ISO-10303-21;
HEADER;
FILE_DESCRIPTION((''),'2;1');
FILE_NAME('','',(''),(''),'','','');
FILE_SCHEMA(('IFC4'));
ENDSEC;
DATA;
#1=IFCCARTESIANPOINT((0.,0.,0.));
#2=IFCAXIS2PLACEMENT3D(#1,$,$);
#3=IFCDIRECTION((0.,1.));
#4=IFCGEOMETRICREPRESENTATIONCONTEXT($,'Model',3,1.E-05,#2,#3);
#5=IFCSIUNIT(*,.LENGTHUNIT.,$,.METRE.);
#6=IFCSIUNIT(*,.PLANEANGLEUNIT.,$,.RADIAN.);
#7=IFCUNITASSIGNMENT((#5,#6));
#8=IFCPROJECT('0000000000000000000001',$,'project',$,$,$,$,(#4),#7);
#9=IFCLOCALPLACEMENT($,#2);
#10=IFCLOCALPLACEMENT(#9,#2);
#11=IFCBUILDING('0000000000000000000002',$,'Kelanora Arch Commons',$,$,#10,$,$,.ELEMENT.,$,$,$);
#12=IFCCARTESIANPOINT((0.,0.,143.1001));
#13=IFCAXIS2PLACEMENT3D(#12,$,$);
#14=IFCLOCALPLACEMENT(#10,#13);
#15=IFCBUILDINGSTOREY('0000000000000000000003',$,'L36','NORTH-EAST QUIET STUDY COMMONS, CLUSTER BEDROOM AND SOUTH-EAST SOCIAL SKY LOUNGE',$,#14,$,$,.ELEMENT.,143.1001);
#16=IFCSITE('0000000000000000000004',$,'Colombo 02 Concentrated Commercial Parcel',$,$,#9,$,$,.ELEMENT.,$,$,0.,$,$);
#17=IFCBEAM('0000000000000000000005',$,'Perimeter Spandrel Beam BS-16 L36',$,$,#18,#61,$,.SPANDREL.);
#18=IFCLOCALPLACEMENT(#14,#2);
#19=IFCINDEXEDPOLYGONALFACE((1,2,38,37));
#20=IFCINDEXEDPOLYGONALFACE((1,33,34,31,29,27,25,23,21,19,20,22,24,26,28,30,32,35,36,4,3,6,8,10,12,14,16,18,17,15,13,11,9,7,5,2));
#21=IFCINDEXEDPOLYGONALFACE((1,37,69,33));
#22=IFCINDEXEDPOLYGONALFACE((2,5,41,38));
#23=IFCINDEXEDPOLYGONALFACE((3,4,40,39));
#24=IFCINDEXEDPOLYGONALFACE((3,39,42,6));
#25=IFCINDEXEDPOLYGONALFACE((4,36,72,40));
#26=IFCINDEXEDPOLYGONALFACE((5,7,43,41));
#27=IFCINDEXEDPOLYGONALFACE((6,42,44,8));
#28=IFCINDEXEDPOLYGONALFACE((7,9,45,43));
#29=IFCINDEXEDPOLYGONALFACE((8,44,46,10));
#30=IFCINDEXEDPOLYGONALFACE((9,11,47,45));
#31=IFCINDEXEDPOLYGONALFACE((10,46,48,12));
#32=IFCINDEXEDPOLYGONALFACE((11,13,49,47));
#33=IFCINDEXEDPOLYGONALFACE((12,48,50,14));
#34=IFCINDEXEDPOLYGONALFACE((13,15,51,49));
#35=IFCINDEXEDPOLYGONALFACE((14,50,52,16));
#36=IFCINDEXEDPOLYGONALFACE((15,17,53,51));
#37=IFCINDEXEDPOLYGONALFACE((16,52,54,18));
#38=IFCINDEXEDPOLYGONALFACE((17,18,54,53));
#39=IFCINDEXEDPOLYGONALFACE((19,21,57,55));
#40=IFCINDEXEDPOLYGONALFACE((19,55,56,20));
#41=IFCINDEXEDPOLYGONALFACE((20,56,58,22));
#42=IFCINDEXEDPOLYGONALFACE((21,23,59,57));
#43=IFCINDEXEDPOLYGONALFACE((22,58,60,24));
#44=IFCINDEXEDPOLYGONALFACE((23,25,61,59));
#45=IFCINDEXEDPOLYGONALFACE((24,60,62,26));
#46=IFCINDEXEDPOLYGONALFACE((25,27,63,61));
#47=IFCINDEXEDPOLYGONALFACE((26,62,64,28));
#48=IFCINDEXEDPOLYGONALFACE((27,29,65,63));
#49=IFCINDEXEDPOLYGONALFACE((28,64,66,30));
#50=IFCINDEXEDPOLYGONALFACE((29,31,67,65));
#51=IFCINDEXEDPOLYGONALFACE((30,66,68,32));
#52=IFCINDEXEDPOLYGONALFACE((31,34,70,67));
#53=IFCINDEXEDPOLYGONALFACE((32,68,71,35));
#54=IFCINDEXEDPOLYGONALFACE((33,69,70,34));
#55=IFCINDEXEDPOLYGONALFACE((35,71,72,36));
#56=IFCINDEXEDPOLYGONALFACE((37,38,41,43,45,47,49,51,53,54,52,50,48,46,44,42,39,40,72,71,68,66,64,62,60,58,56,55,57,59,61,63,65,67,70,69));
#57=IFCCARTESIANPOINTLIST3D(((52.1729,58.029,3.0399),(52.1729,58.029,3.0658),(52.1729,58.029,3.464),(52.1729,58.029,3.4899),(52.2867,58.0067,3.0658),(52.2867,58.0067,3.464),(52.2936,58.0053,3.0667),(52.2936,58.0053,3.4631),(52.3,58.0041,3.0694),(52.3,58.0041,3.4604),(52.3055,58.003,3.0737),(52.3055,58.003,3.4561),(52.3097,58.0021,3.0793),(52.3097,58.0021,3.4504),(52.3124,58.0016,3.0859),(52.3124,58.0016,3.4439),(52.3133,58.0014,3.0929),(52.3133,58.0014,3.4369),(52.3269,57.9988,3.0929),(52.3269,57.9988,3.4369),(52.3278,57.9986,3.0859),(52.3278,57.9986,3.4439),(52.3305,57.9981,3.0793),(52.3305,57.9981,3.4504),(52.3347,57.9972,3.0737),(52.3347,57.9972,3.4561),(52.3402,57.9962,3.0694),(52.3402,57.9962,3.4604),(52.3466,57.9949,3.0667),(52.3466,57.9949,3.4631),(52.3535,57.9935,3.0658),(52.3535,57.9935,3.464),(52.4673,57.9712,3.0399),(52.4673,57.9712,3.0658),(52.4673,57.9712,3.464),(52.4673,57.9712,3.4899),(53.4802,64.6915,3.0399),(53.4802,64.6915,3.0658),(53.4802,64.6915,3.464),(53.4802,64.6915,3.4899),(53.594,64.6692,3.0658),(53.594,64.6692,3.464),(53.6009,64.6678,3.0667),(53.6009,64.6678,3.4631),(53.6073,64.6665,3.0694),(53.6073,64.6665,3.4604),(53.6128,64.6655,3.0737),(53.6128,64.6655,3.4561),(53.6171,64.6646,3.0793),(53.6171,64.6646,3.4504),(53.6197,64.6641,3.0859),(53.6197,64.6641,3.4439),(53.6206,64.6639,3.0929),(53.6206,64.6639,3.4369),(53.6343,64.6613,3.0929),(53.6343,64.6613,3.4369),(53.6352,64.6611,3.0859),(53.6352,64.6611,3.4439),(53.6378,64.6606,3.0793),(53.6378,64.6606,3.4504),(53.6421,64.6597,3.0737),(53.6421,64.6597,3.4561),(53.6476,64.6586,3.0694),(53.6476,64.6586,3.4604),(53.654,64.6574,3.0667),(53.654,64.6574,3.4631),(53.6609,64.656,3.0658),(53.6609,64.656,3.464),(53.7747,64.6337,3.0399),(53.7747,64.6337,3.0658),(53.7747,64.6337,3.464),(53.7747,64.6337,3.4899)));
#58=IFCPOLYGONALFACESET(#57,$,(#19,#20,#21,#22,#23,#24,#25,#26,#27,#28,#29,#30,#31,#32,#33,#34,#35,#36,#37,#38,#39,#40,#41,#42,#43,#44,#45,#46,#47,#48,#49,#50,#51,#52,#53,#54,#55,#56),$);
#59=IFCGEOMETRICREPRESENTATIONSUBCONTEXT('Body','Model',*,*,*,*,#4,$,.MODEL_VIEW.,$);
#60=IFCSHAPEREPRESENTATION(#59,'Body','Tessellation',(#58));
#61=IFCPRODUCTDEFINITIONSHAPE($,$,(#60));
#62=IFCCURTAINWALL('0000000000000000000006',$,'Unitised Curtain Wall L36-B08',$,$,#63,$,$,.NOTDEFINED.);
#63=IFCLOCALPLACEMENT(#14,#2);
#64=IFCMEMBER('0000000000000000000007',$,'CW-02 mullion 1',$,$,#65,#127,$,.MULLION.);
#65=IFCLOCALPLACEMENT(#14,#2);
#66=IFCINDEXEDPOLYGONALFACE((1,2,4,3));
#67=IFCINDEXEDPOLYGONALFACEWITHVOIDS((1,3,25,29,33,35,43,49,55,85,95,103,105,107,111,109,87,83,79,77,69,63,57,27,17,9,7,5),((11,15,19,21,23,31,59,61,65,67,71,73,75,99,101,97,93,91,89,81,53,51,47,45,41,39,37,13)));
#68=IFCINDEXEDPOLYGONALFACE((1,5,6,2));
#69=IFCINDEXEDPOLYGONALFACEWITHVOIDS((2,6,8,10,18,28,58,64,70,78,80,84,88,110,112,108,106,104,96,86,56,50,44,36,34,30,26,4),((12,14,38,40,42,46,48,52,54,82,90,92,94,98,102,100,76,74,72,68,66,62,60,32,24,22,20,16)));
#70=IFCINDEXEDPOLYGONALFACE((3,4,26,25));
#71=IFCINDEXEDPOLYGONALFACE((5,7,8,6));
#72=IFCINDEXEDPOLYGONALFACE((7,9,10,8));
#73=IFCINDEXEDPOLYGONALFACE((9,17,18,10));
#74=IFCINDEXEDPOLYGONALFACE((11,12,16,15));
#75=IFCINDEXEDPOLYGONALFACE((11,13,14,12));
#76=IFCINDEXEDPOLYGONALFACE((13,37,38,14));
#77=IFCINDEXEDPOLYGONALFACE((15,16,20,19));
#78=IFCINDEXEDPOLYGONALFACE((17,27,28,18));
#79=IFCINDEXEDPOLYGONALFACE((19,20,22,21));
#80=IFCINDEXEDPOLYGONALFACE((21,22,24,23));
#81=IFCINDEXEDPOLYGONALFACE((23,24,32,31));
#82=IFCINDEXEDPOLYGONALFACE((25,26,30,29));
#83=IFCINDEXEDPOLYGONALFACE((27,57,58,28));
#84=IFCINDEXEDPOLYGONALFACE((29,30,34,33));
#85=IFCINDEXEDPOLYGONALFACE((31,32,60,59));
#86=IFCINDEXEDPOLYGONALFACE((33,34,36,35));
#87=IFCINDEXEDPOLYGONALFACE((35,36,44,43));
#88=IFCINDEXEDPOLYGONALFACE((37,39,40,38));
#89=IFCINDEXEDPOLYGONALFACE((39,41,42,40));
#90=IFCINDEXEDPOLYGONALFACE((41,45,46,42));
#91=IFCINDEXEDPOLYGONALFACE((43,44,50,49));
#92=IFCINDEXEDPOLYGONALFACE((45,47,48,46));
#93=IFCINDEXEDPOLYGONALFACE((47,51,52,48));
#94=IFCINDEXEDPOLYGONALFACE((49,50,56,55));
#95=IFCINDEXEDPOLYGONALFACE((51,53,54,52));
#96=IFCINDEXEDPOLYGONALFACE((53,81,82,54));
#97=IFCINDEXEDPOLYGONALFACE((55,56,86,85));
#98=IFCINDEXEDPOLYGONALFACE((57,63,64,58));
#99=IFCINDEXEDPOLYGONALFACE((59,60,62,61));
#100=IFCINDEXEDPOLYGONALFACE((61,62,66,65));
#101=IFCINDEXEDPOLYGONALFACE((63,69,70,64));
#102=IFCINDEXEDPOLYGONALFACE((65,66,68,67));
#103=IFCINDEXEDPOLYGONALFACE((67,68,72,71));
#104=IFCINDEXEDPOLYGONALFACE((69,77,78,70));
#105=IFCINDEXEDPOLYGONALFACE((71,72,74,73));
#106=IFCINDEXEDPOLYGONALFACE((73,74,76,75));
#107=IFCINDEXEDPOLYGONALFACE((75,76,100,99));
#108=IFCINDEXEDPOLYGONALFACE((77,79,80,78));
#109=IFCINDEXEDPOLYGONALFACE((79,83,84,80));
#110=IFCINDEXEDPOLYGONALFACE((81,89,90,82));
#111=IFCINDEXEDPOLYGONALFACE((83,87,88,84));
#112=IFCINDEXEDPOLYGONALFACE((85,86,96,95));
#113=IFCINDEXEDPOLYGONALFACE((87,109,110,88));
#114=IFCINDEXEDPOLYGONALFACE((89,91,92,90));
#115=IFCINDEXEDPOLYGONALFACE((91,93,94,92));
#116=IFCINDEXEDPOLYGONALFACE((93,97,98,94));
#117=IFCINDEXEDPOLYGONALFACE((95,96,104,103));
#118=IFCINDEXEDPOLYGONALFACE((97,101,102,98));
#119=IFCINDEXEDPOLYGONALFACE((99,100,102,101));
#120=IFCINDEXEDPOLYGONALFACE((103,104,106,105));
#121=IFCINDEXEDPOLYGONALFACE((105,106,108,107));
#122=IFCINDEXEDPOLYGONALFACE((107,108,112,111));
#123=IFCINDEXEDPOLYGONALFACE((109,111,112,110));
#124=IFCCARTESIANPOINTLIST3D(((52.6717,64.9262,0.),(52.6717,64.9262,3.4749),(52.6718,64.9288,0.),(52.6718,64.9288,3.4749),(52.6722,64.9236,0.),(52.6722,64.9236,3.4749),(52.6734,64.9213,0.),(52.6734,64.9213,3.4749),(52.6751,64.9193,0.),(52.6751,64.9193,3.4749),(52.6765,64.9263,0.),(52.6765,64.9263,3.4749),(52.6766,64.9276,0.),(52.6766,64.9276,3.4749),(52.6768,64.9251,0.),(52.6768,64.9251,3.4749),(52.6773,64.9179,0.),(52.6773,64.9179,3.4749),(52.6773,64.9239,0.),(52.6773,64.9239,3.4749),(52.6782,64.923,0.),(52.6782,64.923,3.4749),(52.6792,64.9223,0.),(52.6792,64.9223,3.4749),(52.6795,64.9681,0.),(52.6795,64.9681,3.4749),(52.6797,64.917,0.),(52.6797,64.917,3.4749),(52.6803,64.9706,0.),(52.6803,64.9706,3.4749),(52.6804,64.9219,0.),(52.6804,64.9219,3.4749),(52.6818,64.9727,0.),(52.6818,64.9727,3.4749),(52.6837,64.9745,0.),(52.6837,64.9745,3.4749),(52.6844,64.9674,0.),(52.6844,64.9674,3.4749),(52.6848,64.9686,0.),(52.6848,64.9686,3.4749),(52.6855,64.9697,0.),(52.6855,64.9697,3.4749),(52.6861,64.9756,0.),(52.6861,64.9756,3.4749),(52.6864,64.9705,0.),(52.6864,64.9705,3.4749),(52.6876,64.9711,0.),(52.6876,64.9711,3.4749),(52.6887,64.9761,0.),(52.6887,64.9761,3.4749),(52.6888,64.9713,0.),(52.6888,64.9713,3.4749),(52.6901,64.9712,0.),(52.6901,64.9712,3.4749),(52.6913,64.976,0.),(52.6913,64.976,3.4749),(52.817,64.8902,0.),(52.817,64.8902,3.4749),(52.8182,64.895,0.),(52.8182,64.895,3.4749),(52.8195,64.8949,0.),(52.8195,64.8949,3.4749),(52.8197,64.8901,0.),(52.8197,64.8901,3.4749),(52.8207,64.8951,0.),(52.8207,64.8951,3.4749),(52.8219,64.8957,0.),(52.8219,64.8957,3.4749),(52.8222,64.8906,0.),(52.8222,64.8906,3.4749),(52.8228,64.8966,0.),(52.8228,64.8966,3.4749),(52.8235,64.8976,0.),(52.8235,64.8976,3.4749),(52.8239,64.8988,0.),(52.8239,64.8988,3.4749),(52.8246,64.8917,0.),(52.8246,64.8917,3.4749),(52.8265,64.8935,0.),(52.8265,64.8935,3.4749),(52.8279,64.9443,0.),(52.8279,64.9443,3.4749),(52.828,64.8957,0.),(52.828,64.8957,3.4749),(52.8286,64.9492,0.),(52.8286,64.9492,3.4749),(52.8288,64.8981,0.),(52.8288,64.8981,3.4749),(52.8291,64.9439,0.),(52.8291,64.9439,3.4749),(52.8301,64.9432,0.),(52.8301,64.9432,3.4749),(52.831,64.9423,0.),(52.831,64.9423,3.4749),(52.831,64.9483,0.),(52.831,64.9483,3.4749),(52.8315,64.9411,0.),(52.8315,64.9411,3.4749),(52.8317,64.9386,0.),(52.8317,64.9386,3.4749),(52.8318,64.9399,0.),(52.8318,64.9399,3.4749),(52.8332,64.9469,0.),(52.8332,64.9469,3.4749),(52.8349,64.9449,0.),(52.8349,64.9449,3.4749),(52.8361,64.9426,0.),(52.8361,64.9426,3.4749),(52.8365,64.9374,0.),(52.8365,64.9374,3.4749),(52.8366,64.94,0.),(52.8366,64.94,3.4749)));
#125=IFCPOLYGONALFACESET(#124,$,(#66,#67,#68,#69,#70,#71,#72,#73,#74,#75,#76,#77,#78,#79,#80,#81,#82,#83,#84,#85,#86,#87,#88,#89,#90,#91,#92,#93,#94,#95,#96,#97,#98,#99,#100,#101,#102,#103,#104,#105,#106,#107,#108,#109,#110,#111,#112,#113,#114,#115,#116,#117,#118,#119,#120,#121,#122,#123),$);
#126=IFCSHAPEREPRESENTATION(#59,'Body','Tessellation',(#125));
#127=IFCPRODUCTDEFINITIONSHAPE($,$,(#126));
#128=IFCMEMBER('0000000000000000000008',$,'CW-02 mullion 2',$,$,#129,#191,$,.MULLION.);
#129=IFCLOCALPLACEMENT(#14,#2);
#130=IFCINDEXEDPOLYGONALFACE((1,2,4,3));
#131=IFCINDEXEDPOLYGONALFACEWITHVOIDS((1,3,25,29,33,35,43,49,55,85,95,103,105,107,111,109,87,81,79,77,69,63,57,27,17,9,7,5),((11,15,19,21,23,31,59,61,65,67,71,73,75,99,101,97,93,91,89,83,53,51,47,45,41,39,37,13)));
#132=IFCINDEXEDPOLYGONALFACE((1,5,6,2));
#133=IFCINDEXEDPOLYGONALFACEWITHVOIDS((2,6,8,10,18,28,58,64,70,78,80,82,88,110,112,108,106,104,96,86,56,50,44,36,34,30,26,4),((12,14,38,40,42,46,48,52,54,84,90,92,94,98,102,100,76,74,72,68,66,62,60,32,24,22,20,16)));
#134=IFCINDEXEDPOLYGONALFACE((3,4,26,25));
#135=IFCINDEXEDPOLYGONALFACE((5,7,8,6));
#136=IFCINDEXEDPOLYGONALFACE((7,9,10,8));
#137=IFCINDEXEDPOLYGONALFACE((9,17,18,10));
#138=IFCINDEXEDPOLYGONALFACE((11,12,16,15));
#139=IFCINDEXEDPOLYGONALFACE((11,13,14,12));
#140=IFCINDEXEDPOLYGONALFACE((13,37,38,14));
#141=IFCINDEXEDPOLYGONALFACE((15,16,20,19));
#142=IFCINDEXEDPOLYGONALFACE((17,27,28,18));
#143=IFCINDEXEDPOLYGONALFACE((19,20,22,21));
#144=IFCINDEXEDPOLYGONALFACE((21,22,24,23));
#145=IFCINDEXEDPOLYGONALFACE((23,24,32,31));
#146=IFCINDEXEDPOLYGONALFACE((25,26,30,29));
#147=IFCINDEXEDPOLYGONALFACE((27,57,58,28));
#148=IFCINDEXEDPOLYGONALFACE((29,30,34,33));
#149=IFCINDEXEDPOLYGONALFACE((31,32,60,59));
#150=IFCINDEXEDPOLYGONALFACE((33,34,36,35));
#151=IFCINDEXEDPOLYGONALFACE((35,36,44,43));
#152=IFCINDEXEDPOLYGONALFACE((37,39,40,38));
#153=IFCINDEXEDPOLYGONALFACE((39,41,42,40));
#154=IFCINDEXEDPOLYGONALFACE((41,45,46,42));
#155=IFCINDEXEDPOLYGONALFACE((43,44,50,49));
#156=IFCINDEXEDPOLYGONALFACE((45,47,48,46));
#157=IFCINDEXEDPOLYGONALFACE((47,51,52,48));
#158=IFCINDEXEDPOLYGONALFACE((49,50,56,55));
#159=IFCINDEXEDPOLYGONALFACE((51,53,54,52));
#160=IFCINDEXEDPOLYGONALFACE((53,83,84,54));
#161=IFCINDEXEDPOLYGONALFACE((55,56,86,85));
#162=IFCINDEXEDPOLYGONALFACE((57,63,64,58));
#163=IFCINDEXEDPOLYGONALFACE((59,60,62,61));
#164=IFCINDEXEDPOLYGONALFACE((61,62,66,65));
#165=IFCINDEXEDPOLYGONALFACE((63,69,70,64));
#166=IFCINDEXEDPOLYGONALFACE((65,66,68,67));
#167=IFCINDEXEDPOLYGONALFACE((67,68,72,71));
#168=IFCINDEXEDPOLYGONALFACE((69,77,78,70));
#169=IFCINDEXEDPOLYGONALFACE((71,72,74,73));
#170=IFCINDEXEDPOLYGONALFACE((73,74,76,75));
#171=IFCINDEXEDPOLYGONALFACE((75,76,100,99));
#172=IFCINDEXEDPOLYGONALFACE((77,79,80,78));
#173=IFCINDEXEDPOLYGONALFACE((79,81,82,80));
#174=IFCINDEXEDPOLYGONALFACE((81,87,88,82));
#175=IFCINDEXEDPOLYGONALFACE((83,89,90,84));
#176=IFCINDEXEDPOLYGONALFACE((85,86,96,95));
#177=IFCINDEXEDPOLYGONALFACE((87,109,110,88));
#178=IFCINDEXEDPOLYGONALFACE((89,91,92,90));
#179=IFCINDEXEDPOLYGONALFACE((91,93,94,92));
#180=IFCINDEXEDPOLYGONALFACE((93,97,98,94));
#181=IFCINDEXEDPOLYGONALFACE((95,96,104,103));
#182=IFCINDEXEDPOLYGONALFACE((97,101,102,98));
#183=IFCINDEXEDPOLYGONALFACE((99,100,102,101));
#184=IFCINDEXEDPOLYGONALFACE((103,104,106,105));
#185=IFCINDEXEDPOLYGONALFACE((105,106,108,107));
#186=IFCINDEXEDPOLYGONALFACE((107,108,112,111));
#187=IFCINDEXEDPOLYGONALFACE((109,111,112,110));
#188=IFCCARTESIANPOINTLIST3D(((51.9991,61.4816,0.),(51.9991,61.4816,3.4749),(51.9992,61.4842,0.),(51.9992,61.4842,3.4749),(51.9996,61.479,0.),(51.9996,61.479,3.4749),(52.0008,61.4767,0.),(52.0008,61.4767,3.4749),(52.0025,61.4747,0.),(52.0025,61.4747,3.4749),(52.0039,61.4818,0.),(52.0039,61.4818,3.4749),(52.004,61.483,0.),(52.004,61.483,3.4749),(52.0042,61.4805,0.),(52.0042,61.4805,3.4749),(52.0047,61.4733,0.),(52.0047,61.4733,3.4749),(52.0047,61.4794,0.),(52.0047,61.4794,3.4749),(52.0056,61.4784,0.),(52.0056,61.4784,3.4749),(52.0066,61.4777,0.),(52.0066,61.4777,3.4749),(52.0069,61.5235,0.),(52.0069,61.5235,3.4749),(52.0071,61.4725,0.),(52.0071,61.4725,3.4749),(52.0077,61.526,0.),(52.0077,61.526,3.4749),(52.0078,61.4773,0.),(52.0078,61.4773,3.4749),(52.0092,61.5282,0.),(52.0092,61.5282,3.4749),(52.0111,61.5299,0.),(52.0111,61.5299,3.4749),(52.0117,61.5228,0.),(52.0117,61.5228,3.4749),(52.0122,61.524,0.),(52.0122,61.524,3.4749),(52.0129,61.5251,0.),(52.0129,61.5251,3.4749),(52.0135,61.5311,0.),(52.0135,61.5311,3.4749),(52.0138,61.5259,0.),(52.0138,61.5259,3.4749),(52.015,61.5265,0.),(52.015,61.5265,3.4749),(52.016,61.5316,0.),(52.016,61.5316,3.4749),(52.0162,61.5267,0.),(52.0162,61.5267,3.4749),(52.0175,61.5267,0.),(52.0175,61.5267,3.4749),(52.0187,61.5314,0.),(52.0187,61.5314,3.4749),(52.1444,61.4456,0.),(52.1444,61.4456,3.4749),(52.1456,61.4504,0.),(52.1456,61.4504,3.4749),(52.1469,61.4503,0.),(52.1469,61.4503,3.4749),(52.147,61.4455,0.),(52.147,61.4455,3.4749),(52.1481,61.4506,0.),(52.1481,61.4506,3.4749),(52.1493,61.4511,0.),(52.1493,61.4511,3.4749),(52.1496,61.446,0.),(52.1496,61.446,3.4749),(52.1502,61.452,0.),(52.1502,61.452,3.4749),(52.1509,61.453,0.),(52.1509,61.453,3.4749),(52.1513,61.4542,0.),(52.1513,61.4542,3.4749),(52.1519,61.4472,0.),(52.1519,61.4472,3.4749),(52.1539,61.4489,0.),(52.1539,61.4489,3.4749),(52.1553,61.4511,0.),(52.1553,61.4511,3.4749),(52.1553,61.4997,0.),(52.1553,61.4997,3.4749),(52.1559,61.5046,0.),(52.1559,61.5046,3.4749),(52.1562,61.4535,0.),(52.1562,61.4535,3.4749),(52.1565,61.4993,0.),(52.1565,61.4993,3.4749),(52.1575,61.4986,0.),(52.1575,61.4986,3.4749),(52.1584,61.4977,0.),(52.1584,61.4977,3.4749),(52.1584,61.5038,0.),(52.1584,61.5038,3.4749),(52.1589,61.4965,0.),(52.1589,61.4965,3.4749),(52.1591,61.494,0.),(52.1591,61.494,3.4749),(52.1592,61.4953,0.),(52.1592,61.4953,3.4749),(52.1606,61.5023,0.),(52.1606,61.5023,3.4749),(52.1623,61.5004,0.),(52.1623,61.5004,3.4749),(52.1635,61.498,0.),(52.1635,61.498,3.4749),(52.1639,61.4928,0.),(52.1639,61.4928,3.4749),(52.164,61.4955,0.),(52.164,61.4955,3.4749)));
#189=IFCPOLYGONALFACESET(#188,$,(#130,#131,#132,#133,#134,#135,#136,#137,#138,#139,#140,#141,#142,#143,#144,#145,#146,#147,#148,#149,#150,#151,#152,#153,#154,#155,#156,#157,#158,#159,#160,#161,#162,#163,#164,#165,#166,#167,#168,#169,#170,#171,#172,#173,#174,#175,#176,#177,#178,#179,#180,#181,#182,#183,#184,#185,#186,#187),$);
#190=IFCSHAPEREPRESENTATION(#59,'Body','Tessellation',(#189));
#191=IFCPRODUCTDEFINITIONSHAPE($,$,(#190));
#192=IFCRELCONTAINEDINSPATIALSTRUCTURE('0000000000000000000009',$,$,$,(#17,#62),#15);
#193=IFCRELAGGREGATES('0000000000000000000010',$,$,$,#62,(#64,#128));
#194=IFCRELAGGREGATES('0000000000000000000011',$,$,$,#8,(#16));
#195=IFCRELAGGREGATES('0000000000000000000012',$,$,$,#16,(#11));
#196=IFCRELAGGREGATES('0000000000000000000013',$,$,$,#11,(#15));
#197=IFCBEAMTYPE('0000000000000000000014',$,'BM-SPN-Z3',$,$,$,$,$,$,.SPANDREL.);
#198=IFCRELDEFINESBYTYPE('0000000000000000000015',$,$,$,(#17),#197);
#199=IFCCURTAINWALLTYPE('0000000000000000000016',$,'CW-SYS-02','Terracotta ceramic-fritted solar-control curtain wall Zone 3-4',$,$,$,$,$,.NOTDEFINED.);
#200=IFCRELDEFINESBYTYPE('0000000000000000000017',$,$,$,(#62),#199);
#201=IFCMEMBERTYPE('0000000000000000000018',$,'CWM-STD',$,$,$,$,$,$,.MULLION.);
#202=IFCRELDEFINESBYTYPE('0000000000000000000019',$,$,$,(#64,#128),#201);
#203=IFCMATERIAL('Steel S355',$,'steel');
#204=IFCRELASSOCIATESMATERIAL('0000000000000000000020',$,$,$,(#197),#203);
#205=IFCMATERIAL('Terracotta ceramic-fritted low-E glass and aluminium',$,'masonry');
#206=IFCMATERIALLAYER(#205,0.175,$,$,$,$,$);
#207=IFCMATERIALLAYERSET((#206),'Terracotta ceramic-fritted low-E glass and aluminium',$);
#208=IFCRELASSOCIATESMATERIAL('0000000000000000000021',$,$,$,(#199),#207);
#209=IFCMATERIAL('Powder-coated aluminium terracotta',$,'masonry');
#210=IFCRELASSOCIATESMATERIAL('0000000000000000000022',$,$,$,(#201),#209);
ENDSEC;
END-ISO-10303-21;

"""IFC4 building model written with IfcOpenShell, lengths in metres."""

from ifc_helpers import new_model, si_unit, direction, frame, origin, origin_2d, place, context, subcontext, project, spatial, hollow_rectangle, i_section, extrude, material, layer, layer_set, material_profile, profile_set, type_object, element, aggregate, save


model = new_model("IFC4")

# Units and contexts
model_context = context("Model", 3, precision=1e-05, world=origin(), true_north=direction((0.0, 1.0)))
body_context = subcontext(model_context, "Body", "Model", "MODEL_VIEW")
ifc_project = project(units=[si_unit("LENGTHUNIT", "METRE"), si_unit("PLANEANGLEUNIT", "RADIAN")], contexts=[model_context])

# Site, building, storey
site_placement = place(None, origin())
site = spatial("IfcSite", under=ifc_project, at=site_placement, Name="Colombo 02 Concentrated Commercial Parcel", CompositionType="ELEMENT", RefElevation=0.0)
building_placement = place(site_placement, origin())
building = spatial("IfcBuilding", under=site, at=building_placement, Name="Kelanora Arch Commons", CompositionType="ELEMENT")
storey_placement = place(building_placement, frame((0.0, 0.0, 143.1001)))
storey = spatial("IfcBuildingStorey", under=building, at=storey_placement, Name="L36", Description="NORTH-EAST QUIET STUDY COMMONS, CLUSTER BEDROOM AND SOUTH-EAST SOCIAL SKY LOUNGE", CompositionType="ELEMENT", Elevation=143.1001)

# Beam
ifc_material_1 = material(Name="Steel S355", Category="steel")
ifc_material_profile_1 = material_profile(ifc_material_1, i_section(OverallWidth=0.3, OverallDepth=0.45, WebThickness=0.0139, FlangeThickness=0.0259, FilletRadius=0.0271, at=origin_2d()), Name="HEB450")
ifc_profile_set_1 = profile_set([ifc_material_profile_1], Name="Steel S355")
beam_type_1 = type_object("IfcBeamType", Name="BM-SPN-Z3", PredefinedType="SPANDREL", material=ifc_profile_set_1)
beam_1_placement = place(storey_placement, frame((53.6274, 64.6626, 3.2649), z_axis=(-0.192554, -0.981286, 0.0), x_axis=(0.981286, -0.192554, 0.0)))
element("IfcBeam", 1, at=beam_1_placement, inside=storey, type_object=beam_type_1, Name="Perimeter Spandrel Beam BS-16 L36", PredefinedType="SPANDREL", context=body_context, shape_type="SweptSolid", body=[
    extrude(i_section(OverallWidth=0.3, OverallDepth=0.45, WebThickness=0.0139, FlangeThickness=0.0259, FilletRadius=0.0271, at=origin_2d()), origin(), (0.0, 0.0, 1.0), 6.7896),
])

# Curtain wall, members
ifc_material_2 = material(Name="Terracotta ceramic-fritted low-E glass and aluminium", Category="masonry")
ifc_layer_1 = layer(ifc_material_2, 0.175)
ifc_layer_set_1 = layer_set([ifc_layer_1], Name="Terracotta ceramic-fritted low-E glass and aluminium")
curtain_wall_type = type_object("IfcCurtainWallType", Name="CW-SYS-02", Description="Terracotta ceramic-fritted solar-control curtain wall Zone 3-4", PredefinedType="NOTDEFINED", material=ifc_layer_set_1)
curtain_wall_placement = place(storey_placement, origin())
curtain_wall = element("IfcCurtainWall", 2, at=curtain_wall_placement, inside=storey, type_object=curtain_wall_type, Name="Unitised Curtain Wall L36-B08", PredefinedType="NOTDEFINED")
ifc_material_3 = material(Name="Powder-coated aluminium terracotta", Category="masonry")
ifc_material_profile_2 = material_profile(ifc_material_3, hollow_rectangle(XDim=0.1599, YDim=0.0601, WallThickness=0.0049, InnerFilletRadius=0.0049, OuterFilletRadius=0.01, at=origin_2d()), Name="CWM160x60")
ifc_profile_set_2 = profile_set([ifc_material_profile_2], Name="Powder-coated aluminium terracotta")
member_type_1 = type_object("IfcMemberType", Name="CWM-STD", PredefinedType="MULLION", material=ifc_profile_set_2)
member_1_placement = place(storey_placement, frame((52.7542, 64.9331, 0.0), z_axis=(0.0, 0.0, 1.0), x_axis=(0.981453, -0.191705, 0.0)))
member_1 = element("IfcMember", 3, at=member_1_placement, type_object=member_type_1, Name="CW-02 mullion 1", PredefinedType="MULLION", context=body_context, shape_type="SweptSolid", body=[
    extrude(hollow_rectangle(XDim=0.1599, YDim=0.0601, WallThickness=0.0049, InnerFilletRadius=0.0049, OuterFilletRadius=0.01, at=origin_2d()), origin(), (0.0, 0.0, 1.0), 3.4749),
])
member_2_placement = place(storey_placement, frame((52.0815, 61.4885, 0.0), z_axis=(0.0, 0.0, 1.0), x_axis=(0.981453, -0.191705, 0.0)))
member_2 = element("IfcMember", 4, at=member_2_placement, type_object=member_type_1, Name="CW-02 mullion 2", PredefinedType="MULLION", context=body_context, shape_type="SweptSolid", body=[
    extrude(hollow_rectangle(XDim=0.1599, YDim=0.0601, WallThickness=0.0049, InnerFilletRadius=0.0049, OuterFilletRadius=0.01, at=origin_2d()), origin(), (0.0, 0.0, 1.0), 3.4749),
])
aggregate(curtain_wall, [member_1, member_2])

save(model, "model.ifc")
